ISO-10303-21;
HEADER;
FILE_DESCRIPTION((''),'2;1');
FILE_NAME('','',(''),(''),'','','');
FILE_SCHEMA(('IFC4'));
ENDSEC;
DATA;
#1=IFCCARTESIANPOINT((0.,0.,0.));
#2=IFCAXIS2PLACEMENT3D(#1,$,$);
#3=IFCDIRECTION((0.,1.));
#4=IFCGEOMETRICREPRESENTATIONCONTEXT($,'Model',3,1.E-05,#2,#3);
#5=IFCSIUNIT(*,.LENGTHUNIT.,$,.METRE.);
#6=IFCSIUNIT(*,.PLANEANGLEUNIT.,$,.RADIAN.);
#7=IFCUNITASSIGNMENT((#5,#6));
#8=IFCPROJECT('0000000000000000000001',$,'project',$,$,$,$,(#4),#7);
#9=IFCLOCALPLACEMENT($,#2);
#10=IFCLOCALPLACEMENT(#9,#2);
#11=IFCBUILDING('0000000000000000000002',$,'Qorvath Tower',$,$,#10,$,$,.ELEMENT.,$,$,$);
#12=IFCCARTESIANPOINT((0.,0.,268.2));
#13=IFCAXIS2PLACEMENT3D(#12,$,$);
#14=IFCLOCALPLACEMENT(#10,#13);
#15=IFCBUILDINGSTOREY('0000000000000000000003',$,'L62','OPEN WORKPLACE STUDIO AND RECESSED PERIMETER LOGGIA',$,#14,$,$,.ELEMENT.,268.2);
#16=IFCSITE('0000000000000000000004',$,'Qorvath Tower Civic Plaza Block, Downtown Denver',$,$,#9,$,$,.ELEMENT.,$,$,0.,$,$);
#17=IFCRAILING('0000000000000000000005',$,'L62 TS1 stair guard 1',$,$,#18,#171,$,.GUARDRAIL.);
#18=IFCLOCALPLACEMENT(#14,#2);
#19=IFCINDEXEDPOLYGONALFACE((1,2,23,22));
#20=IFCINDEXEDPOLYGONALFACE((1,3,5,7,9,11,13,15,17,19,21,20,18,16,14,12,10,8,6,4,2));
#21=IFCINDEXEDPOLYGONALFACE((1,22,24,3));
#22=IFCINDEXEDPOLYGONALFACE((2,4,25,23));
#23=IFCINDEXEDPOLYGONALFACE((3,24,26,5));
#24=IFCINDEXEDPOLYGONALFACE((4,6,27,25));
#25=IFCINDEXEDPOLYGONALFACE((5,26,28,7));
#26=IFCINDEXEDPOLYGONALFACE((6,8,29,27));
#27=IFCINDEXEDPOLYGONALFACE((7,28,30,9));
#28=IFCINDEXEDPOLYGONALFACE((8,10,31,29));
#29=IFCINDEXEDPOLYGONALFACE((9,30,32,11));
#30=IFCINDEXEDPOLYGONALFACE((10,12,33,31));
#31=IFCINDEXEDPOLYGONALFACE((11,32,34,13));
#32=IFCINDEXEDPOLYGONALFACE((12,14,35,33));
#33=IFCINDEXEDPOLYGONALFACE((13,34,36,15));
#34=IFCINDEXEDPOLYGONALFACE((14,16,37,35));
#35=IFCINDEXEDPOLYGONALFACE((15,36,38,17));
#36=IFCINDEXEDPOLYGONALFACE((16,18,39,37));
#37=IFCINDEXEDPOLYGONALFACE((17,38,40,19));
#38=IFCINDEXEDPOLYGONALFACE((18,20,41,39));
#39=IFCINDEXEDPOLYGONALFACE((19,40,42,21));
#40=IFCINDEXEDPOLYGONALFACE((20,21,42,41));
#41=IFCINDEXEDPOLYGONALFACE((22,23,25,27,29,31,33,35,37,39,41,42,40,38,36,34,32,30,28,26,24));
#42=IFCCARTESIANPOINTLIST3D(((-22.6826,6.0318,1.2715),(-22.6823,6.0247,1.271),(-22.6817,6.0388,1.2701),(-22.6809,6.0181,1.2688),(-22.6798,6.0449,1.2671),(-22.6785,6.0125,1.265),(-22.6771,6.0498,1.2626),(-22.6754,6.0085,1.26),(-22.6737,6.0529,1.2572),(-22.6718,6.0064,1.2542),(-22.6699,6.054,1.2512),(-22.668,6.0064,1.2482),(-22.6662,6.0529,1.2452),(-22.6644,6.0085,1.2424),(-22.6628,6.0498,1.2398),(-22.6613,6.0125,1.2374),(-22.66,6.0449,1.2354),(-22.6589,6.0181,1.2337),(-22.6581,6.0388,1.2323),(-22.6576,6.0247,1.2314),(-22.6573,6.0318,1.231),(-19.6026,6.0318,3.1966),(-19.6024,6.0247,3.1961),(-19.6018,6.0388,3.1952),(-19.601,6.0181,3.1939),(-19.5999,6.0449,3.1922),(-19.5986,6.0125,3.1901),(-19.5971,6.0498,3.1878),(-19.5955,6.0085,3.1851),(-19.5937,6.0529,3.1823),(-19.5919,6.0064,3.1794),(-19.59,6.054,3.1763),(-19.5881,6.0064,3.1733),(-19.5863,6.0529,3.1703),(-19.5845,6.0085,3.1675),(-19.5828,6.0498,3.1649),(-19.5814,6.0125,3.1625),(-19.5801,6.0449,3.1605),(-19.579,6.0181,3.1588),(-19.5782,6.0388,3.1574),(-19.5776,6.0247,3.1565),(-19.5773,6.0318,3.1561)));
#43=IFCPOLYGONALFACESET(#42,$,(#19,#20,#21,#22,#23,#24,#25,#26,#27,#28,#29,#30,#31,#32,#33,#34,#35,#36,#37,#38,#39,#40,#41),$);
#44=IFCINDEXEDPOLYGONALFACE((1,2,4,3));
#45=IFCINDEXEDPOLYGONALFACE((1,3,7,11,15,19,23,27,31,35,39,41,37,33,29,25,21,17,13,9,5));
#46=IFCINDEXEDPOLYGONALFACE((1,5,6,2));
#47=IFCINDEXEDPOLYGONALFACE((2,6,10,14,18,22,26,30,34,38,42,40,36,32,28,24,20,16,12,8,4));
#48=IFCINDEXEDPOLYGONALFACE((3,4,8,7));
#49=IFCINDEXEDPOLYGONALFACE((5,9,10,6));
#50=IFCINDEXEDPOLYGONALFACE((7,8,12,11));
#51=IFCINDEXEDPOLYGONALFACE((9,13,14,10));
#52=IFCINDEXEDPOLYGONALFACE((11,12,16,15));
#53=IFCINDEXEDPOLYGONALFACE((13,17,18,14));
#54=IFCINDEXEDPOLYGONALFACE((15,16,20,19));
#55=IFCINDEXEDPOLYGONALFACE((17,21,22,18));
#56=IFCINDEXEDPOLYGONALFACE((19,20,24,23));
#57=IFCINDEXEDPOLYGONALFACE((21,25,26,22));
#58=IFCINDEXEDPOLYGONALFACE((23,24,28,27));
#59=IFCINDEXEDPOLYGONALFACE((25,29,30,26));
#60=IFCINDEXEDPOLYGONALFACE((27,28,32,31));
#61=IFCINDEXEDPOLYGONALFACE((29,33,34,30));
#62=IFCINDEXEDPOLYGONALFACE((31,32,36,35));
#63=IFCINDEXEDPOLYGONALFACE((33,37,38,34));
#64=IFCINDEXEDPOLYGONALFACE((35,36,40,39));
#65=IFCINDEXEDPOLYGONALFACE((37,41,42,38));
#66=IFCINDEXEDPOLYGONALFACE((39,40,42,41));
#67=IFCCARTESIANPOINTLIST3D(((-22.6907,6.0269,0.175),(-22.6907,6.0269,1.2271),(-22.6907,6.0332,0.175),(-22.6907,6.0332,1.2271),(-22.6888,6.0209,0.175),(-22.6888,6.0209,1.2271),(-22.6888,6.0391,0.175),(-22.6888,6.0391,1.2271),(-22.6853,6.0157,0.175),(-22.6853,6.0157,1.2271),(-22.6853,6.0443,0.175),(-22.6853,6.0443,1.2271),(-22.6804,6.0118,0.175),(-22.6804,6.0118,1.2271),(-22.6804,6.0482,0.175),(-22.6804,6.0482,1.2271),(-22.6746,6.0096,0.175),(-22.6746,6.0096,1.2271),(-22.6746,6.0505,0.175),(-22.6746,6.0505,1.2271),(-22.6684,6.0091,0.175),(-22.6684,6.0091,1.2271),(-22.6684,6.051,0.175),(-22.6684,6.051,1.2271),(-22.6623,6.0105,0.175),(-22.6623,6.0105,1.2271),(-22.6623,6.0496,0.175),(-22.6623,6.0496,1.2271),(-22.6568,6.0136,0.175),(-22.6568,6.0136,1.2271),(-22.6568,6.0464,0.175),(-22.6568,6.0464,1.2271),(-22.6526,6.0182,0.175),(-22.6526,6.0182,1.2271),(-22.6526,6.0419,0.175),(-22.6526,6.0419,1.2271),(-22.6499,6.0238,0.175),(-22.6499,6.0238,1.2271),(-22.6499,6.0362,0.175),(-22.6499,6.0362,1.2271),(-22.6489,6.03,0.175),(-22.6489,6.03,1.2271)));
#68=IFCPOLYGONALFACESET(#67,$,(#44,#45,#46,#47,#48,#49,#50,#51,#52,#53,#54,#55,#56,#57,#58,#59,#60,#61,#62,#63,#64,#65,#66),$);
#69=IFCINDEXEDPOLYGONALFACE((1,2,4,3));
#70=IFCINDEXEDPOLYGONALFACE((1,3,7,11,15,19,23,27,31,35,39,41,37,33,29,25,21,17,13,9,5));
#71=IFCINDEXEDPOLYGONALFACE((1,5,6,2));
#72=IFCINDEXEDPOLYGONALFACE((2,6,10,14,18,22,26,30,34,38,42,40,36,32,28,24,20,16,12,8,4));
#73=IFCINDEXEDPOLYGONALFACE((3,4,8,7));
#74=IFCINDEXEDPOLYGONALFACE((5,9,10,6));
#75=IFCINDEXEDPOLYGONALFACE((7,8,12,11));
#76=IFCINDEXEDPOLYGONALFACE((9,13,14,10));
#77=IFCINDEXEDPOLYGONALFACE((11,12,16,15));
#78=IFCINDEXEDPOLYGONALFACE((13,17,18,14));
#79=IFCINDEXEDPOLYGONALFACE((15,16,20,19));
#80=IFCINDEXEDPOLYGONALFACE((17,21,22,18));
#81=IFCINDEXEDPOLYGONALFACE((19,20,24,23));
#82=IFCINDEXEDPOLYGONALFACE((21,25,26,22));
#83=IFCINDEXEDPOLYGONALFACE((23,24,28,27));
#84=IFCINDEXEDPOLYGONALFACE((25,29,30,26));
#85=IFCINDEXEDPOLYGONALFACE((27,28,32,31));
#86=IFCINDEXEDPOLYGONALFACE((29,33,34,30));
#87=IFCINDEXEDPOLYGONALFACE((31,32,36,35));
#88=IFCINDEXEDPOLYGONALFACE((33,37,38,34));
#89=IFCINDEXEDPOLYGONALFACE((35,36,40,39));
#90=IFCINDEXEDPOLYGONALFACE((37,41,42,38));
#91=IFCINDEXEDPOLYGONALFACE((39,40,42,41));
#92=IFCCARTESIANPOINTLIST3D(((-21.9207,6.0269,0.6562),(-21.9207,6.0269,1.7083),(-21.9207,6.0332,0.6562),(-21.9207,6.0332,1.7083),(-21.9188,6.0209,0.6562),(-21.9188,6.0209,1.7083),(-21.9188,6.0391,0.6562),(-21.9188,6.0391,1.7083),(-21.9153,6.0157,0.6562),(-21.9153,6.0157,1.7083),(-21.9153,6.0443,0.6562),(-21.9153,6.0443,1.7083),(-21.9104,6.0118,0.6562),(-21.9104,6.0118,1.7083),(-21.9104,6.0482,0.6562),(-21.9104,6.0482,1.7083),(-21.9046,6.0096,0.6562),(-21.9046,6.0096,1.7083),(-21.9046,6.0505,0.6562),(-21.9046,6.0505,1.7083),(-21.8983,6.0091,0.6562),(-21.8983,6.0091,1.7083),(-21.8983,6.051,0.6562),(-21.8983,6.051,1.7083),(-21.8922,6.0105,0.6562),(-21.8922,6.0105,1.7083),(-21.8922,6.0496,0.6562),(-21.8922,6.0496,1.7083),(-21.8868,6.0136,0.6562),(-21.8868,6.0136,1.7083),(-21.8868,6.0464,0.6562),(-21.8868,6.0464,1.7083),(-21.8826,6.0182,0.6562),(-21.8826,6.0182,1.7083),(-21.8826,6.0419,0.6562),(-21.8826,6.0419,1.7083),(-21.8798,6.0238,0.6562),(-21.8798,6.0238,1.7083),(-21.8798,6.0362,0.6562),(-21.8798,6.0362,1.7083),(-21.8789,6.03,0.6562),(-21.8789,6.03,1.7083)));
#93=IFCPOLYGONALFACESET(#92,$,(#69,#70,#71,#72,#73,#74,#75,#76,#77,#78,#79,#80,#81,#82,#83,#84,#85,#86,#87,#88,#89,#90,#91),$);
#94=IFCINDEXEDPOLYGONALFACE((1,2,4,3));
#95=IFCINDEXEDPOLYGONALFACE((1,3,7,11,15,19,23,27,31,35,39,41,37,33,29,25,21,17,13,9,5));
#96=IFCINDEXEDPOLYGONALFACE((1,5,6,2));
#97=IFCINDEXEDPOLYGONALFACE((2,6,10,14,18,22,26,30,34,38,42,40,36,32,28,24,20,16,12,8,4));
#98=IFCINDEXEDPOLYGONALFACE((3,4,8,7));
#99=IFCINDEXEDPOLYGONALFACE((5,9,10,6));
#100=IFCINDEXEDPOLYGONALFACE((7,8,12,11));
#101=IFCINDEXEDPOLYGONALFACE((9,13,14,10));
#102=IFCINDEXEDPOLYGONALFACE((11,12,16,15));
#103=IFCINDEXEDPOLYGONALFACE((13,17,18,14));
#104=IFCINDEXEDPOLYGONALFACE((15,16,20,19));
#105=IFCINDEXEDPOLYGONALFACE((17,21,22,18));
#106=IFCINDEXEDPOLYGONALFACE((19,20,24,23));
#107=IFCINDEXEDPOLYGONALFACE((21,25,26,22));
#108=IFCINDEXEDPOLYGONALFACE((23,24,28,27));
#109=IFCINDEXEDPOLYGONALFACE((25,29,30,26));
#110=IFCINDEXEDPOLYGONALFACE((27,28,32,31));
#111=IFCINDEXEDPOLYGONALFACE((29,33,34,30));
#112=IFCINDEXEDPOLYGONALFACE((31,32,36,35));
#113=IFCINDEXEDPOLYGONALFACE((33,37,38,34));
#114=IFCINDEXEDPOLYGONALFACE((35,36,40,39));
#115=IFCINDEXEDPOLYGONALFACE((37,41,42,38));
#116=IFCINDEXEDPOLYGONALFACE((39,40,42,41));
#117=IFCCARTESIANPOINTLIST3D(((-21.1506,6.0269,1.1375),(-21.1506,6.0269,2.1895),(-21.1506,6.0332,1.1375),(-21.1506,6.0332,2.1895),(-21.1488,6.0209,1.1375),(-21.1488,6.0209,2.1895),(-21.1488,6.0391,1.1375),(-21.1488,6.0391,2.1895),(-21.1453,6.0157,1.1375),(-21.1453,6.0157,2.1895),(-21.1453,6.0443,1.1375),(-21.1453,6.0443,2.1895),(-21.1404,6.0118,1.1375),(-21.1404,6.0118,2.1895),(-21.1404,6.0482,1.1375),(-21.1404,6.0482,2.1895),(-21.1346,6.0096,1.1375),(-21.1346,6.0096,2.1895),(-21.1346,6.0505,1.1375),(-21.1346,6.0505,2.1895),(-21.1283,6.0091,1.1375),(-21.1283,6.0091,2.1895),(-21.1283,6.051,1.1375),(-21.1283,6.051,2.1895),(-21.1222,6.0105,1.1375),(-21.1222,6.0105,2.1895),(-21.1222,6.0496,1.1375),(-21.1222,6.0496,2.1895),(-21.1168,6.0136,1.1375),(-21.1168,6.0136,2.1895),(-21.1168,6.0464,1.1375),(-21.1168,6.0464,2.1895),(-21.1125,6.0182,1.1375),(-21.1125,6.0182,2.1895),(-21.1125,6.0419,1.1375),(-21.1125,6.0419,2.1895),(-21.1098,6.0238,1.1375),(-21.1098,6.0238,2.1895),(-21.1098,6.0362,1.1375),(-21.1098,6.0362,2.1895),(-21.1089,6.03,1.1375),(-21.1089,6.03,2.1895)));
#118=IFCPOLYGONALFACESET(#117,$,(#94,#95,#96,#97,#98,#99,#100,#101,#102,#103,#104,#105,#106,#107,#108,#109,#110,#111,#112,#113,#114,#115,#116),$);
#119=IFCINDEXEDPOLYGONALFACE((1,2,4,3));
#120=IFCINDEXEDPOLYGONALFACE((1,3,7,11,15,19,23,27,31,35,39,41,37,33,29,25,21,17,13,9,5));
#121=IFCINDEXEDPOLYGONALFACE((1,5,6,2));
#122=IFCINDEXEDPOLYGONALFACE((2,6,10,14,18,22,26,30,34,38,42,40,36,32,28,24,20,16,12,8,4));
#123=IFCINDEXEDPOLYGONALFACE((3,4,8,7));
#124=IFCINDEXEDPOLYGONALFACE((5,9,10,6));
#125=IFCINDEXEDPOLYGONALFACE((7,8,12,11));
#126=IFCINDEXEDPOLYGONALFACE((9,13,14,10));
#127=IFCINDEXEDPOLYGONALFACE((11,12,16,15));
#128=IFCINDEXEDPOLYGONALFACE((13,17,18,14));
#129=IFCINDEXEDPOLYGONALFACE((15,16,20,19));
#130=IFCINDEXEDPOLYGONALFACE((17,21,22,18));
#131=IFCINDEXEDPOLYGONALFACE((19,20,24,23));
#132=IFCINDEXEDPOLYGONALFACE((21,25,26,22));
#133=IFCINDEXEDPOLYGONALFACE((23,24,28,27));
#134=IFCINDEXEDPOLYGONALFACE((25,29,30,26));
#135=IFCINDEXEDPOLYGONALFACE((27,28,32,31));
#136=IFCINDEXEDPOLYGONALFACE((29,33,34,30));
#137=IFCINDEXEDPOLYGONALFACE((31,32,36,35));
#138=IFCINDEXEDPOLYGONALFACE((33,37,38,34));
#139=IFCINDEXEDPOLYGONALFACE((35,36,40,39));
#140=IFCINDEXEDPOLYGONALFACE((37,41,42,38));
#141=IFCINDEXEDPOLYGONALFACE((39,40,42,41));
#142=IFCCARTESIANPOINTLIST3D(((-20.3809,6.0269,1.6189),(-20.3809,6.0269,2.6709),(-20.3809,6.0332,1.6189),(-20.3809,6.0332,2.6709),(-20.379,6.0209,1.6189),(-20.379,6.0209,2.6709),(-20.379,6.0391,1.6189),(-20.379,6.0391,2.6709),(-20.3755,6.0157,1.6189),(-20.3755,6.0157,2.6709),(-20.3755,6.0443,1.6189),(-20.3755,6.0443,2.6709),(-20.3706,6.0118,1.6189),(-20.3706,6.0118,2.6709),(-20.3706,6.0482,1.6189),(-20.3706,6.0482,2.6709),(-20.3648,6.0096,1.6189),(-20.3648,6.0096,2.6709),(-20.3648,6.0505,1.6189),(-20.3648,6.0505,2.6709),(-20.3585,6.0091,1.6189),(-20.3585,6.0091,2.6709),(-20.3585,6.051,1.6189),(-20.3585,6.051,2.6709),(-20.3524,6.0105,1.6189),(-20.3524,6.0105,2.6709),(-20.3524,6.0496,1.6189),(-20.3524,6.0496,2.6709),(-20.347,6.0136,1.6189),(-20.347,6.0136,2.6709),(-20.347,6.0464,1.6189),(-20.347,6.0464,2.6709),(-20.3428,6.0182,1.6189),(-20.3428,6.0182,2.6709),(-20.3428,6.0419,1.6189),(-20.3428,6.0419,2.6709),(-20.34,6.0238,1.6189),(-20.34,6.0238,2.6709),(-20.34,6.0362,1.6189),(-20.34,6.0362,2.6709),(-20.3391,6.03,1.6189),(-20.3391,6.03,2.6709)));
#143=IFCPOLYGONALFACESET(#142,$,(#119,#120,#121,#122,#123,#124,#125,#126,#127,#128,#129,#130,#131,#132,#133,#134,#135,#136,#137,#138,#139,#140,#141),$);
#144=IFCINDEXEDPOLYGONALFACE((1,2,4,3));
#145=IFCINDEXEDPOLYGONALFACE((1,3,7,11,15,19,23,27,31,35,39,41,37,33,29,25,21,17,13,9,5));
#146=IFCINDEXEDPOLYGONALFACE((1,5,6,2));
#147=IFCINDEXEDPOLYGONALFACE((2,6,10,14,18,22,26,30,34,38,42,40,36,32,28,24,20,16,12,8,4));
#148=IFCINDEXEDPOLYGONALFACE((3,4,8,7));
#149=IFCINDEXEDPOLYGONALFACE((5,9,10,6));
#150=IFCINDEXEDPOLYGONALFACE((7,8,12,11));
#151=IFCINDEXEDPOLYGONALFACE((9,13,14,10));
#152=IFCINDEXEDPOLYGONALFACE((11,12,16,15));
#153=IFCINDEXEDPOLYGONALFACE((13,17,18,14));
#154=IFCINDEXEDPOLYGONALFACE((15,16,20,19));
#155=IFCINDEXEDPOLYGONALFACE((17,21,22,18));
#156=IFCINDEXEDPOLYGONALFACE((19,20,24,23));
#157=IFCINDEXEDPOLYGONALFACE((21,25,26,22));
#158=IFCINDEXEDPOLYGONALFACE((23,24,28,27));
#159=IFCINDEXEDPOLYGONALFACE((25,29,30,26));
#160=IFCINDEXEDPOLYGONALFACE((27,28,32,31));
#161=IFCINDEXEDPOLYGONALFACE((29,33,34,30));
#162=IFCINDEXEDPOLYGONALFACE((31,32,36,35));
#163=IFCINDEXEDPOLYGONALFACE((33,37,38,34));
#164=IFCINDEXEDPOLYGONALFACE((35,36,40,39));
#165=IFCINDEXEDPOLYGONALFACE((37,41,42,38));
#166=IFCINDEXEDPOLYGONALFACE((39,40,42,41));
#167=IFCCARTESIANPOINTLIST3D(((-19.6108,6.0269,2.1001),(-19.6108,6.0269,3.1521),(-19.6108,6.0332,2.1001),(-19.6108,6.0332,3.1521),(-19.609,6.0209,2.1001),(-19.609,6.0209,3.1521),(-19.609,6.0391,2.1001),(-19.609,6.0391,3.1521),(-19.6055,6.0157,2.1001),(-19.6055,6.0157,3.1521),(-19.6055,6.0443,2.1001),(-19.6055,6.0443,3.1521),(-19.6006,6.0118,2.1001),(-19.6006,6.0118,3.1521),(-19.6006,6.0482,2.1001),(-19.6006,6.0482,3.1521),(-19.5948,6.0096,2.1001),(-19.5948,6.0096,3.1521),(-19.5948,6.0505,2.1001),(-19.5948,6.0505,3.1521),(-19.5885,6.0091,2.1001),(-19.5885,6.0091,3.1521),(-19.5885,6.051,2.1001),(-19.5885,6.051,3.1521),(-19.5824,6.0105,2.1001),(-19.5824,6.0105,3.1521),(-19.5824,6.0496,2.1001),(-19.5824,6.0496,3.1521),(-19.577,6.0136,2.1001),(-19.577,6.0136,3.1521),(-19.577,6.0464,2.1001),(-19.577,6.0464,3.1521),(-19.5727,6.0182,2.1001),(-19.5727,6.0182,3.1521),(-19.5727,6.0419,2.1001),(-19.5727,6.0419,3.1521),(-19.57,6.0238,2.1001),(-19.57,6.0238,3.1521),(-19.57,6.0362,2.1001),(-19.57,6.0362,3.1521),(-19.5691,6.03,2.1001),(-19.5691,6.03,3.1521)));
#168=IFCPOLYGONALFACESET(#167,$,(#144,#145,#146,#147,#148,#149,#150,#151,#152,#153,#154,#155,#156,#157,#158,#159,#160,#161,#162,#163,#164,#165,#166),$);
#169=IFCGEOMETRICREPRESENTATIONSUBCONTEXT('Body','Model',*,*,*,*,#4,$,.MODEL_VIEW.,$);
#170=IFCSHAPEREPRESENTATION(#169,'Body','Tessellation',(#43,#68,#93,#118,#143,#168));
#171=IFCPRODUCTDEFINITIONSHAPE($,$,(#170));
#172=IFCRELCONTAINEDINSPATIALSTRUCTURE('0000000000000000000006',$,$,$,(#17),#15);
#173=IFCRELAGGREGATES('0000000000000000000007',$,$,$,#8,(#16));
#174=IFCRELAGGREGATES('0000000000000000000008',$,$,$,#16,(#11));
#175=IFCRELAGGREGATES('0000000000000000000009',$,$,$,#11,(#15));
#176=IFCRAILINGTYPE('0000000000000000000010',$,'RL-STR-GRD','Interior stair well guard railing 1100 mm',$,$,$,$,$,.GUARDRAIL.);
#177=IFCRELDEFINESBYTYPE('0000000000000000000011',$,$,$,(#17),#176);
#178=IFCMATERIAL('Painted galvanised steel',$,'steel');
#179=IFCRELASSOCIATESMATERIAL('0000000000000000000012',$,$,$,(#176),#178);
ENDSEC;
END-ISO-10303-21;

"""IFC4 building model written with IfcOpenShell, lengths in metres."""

from ifc_helpers import new_model, si_unit, direction, frame, origin, origin_2d, place, context, subcontext, project, spatial, circle, extrude, material, type_object, element, save


model = new_model("IFC4")

# Units and contexts
model_context = context("Model", 3, precision=1e-05, world=origin(), true_north=direction((0.0, 1.0)))
body_context = subcontext(model_context, "Body", "Model", "MODEL_VIEW")
ifc_project = project(units=[si_unit("LENGTHUNIT", "METRE"), si_unit("PLANEANGLEUNIT", "RADIAN")], contexts=[model_context])

# Site, building, storey
site_placement = place(None, origin())
site = spatial("IfcSite", under=ifc_project, at=site_placement, Name="Qorvath Tower Civic Plaza Block, Downtown Denver", CompositionType="ELEMENT", RefElevation=0.0)
building_placement = place(site_placement, origin())
building = spatial("IfcBuilding", under=site, at=building_placement, Name="Qorvath Tower", CompositionType="ELEMENT")
storey_placement = place(building_placement, frame((0.0, 0.0, 268.2)))
storey = spatial("IfcBuildingStorey", under=building, at=storey_placement, Name="L62", Description="OPEN WORKPLACE STUDIO AND RECESSED PERIMETER LOGGIA", CompositionType="ELEMENT", Elevation=268.2)

# Railing
ifc_material_1 = material(Name="Painted galvanised steel", Category="steel")
railing_type_1 = type_object("IfcRailingType", Name="RL-STR-GRD", Description="Interior stair well guard railing 1100 mm", PredefinedType="GUARDRAIL", material=ifc_material_1)
railing_1_placement = place(storey_placement, frame((-22.6699, 6.03, 0.175)))
element("IfcRailing", 1, at=railing_1_placement, inside=storey, type_object=railing_type_1, Name="L62 TS1 stair guard 1", PredefinedType="GUARDRAIL", context=body_context, shape_type="SweptSolid", body=[
    extrude(circle(Radius=0.0239, at=origin_2d()), frame((0.0, 0.0, 1.0762), z_axis=(0.847979, 0.0, 0.530029), x_axis=(0.0, 1.0, 0.0)), (0.0, 0.0, 1.0), 3.6321),
    extrude(circle(Radius=0.021, at=origin_2d()), origin(), (0.0, 0.0, 1.0), 1.052),
    extrude(circle(Radius=0.021, at=origin_2d()), frame((0.77, 0.0, 0.4812)), (0.0, 0.0, 1.0), 1.052),
    extrude(circle(Radius=0.021, at=origin_2d()), frame((1.54, 0.0, 0.9624)), (0.0, 0.0, 1.0), 1.052),
    extrude(circle(Radius=0.021, at=origin_2d()), frame((2.3098, 0.0, 1.4438)), (0.0, 0.0, 1.0), 1.052),
    extrude(circle(Radius=0.021, at=origin_2d()), frame((3.0798, 0.0, 1.925)), (0.0, 0.0, 1.0), 1.052),
])

save(model, "model.ifc")
